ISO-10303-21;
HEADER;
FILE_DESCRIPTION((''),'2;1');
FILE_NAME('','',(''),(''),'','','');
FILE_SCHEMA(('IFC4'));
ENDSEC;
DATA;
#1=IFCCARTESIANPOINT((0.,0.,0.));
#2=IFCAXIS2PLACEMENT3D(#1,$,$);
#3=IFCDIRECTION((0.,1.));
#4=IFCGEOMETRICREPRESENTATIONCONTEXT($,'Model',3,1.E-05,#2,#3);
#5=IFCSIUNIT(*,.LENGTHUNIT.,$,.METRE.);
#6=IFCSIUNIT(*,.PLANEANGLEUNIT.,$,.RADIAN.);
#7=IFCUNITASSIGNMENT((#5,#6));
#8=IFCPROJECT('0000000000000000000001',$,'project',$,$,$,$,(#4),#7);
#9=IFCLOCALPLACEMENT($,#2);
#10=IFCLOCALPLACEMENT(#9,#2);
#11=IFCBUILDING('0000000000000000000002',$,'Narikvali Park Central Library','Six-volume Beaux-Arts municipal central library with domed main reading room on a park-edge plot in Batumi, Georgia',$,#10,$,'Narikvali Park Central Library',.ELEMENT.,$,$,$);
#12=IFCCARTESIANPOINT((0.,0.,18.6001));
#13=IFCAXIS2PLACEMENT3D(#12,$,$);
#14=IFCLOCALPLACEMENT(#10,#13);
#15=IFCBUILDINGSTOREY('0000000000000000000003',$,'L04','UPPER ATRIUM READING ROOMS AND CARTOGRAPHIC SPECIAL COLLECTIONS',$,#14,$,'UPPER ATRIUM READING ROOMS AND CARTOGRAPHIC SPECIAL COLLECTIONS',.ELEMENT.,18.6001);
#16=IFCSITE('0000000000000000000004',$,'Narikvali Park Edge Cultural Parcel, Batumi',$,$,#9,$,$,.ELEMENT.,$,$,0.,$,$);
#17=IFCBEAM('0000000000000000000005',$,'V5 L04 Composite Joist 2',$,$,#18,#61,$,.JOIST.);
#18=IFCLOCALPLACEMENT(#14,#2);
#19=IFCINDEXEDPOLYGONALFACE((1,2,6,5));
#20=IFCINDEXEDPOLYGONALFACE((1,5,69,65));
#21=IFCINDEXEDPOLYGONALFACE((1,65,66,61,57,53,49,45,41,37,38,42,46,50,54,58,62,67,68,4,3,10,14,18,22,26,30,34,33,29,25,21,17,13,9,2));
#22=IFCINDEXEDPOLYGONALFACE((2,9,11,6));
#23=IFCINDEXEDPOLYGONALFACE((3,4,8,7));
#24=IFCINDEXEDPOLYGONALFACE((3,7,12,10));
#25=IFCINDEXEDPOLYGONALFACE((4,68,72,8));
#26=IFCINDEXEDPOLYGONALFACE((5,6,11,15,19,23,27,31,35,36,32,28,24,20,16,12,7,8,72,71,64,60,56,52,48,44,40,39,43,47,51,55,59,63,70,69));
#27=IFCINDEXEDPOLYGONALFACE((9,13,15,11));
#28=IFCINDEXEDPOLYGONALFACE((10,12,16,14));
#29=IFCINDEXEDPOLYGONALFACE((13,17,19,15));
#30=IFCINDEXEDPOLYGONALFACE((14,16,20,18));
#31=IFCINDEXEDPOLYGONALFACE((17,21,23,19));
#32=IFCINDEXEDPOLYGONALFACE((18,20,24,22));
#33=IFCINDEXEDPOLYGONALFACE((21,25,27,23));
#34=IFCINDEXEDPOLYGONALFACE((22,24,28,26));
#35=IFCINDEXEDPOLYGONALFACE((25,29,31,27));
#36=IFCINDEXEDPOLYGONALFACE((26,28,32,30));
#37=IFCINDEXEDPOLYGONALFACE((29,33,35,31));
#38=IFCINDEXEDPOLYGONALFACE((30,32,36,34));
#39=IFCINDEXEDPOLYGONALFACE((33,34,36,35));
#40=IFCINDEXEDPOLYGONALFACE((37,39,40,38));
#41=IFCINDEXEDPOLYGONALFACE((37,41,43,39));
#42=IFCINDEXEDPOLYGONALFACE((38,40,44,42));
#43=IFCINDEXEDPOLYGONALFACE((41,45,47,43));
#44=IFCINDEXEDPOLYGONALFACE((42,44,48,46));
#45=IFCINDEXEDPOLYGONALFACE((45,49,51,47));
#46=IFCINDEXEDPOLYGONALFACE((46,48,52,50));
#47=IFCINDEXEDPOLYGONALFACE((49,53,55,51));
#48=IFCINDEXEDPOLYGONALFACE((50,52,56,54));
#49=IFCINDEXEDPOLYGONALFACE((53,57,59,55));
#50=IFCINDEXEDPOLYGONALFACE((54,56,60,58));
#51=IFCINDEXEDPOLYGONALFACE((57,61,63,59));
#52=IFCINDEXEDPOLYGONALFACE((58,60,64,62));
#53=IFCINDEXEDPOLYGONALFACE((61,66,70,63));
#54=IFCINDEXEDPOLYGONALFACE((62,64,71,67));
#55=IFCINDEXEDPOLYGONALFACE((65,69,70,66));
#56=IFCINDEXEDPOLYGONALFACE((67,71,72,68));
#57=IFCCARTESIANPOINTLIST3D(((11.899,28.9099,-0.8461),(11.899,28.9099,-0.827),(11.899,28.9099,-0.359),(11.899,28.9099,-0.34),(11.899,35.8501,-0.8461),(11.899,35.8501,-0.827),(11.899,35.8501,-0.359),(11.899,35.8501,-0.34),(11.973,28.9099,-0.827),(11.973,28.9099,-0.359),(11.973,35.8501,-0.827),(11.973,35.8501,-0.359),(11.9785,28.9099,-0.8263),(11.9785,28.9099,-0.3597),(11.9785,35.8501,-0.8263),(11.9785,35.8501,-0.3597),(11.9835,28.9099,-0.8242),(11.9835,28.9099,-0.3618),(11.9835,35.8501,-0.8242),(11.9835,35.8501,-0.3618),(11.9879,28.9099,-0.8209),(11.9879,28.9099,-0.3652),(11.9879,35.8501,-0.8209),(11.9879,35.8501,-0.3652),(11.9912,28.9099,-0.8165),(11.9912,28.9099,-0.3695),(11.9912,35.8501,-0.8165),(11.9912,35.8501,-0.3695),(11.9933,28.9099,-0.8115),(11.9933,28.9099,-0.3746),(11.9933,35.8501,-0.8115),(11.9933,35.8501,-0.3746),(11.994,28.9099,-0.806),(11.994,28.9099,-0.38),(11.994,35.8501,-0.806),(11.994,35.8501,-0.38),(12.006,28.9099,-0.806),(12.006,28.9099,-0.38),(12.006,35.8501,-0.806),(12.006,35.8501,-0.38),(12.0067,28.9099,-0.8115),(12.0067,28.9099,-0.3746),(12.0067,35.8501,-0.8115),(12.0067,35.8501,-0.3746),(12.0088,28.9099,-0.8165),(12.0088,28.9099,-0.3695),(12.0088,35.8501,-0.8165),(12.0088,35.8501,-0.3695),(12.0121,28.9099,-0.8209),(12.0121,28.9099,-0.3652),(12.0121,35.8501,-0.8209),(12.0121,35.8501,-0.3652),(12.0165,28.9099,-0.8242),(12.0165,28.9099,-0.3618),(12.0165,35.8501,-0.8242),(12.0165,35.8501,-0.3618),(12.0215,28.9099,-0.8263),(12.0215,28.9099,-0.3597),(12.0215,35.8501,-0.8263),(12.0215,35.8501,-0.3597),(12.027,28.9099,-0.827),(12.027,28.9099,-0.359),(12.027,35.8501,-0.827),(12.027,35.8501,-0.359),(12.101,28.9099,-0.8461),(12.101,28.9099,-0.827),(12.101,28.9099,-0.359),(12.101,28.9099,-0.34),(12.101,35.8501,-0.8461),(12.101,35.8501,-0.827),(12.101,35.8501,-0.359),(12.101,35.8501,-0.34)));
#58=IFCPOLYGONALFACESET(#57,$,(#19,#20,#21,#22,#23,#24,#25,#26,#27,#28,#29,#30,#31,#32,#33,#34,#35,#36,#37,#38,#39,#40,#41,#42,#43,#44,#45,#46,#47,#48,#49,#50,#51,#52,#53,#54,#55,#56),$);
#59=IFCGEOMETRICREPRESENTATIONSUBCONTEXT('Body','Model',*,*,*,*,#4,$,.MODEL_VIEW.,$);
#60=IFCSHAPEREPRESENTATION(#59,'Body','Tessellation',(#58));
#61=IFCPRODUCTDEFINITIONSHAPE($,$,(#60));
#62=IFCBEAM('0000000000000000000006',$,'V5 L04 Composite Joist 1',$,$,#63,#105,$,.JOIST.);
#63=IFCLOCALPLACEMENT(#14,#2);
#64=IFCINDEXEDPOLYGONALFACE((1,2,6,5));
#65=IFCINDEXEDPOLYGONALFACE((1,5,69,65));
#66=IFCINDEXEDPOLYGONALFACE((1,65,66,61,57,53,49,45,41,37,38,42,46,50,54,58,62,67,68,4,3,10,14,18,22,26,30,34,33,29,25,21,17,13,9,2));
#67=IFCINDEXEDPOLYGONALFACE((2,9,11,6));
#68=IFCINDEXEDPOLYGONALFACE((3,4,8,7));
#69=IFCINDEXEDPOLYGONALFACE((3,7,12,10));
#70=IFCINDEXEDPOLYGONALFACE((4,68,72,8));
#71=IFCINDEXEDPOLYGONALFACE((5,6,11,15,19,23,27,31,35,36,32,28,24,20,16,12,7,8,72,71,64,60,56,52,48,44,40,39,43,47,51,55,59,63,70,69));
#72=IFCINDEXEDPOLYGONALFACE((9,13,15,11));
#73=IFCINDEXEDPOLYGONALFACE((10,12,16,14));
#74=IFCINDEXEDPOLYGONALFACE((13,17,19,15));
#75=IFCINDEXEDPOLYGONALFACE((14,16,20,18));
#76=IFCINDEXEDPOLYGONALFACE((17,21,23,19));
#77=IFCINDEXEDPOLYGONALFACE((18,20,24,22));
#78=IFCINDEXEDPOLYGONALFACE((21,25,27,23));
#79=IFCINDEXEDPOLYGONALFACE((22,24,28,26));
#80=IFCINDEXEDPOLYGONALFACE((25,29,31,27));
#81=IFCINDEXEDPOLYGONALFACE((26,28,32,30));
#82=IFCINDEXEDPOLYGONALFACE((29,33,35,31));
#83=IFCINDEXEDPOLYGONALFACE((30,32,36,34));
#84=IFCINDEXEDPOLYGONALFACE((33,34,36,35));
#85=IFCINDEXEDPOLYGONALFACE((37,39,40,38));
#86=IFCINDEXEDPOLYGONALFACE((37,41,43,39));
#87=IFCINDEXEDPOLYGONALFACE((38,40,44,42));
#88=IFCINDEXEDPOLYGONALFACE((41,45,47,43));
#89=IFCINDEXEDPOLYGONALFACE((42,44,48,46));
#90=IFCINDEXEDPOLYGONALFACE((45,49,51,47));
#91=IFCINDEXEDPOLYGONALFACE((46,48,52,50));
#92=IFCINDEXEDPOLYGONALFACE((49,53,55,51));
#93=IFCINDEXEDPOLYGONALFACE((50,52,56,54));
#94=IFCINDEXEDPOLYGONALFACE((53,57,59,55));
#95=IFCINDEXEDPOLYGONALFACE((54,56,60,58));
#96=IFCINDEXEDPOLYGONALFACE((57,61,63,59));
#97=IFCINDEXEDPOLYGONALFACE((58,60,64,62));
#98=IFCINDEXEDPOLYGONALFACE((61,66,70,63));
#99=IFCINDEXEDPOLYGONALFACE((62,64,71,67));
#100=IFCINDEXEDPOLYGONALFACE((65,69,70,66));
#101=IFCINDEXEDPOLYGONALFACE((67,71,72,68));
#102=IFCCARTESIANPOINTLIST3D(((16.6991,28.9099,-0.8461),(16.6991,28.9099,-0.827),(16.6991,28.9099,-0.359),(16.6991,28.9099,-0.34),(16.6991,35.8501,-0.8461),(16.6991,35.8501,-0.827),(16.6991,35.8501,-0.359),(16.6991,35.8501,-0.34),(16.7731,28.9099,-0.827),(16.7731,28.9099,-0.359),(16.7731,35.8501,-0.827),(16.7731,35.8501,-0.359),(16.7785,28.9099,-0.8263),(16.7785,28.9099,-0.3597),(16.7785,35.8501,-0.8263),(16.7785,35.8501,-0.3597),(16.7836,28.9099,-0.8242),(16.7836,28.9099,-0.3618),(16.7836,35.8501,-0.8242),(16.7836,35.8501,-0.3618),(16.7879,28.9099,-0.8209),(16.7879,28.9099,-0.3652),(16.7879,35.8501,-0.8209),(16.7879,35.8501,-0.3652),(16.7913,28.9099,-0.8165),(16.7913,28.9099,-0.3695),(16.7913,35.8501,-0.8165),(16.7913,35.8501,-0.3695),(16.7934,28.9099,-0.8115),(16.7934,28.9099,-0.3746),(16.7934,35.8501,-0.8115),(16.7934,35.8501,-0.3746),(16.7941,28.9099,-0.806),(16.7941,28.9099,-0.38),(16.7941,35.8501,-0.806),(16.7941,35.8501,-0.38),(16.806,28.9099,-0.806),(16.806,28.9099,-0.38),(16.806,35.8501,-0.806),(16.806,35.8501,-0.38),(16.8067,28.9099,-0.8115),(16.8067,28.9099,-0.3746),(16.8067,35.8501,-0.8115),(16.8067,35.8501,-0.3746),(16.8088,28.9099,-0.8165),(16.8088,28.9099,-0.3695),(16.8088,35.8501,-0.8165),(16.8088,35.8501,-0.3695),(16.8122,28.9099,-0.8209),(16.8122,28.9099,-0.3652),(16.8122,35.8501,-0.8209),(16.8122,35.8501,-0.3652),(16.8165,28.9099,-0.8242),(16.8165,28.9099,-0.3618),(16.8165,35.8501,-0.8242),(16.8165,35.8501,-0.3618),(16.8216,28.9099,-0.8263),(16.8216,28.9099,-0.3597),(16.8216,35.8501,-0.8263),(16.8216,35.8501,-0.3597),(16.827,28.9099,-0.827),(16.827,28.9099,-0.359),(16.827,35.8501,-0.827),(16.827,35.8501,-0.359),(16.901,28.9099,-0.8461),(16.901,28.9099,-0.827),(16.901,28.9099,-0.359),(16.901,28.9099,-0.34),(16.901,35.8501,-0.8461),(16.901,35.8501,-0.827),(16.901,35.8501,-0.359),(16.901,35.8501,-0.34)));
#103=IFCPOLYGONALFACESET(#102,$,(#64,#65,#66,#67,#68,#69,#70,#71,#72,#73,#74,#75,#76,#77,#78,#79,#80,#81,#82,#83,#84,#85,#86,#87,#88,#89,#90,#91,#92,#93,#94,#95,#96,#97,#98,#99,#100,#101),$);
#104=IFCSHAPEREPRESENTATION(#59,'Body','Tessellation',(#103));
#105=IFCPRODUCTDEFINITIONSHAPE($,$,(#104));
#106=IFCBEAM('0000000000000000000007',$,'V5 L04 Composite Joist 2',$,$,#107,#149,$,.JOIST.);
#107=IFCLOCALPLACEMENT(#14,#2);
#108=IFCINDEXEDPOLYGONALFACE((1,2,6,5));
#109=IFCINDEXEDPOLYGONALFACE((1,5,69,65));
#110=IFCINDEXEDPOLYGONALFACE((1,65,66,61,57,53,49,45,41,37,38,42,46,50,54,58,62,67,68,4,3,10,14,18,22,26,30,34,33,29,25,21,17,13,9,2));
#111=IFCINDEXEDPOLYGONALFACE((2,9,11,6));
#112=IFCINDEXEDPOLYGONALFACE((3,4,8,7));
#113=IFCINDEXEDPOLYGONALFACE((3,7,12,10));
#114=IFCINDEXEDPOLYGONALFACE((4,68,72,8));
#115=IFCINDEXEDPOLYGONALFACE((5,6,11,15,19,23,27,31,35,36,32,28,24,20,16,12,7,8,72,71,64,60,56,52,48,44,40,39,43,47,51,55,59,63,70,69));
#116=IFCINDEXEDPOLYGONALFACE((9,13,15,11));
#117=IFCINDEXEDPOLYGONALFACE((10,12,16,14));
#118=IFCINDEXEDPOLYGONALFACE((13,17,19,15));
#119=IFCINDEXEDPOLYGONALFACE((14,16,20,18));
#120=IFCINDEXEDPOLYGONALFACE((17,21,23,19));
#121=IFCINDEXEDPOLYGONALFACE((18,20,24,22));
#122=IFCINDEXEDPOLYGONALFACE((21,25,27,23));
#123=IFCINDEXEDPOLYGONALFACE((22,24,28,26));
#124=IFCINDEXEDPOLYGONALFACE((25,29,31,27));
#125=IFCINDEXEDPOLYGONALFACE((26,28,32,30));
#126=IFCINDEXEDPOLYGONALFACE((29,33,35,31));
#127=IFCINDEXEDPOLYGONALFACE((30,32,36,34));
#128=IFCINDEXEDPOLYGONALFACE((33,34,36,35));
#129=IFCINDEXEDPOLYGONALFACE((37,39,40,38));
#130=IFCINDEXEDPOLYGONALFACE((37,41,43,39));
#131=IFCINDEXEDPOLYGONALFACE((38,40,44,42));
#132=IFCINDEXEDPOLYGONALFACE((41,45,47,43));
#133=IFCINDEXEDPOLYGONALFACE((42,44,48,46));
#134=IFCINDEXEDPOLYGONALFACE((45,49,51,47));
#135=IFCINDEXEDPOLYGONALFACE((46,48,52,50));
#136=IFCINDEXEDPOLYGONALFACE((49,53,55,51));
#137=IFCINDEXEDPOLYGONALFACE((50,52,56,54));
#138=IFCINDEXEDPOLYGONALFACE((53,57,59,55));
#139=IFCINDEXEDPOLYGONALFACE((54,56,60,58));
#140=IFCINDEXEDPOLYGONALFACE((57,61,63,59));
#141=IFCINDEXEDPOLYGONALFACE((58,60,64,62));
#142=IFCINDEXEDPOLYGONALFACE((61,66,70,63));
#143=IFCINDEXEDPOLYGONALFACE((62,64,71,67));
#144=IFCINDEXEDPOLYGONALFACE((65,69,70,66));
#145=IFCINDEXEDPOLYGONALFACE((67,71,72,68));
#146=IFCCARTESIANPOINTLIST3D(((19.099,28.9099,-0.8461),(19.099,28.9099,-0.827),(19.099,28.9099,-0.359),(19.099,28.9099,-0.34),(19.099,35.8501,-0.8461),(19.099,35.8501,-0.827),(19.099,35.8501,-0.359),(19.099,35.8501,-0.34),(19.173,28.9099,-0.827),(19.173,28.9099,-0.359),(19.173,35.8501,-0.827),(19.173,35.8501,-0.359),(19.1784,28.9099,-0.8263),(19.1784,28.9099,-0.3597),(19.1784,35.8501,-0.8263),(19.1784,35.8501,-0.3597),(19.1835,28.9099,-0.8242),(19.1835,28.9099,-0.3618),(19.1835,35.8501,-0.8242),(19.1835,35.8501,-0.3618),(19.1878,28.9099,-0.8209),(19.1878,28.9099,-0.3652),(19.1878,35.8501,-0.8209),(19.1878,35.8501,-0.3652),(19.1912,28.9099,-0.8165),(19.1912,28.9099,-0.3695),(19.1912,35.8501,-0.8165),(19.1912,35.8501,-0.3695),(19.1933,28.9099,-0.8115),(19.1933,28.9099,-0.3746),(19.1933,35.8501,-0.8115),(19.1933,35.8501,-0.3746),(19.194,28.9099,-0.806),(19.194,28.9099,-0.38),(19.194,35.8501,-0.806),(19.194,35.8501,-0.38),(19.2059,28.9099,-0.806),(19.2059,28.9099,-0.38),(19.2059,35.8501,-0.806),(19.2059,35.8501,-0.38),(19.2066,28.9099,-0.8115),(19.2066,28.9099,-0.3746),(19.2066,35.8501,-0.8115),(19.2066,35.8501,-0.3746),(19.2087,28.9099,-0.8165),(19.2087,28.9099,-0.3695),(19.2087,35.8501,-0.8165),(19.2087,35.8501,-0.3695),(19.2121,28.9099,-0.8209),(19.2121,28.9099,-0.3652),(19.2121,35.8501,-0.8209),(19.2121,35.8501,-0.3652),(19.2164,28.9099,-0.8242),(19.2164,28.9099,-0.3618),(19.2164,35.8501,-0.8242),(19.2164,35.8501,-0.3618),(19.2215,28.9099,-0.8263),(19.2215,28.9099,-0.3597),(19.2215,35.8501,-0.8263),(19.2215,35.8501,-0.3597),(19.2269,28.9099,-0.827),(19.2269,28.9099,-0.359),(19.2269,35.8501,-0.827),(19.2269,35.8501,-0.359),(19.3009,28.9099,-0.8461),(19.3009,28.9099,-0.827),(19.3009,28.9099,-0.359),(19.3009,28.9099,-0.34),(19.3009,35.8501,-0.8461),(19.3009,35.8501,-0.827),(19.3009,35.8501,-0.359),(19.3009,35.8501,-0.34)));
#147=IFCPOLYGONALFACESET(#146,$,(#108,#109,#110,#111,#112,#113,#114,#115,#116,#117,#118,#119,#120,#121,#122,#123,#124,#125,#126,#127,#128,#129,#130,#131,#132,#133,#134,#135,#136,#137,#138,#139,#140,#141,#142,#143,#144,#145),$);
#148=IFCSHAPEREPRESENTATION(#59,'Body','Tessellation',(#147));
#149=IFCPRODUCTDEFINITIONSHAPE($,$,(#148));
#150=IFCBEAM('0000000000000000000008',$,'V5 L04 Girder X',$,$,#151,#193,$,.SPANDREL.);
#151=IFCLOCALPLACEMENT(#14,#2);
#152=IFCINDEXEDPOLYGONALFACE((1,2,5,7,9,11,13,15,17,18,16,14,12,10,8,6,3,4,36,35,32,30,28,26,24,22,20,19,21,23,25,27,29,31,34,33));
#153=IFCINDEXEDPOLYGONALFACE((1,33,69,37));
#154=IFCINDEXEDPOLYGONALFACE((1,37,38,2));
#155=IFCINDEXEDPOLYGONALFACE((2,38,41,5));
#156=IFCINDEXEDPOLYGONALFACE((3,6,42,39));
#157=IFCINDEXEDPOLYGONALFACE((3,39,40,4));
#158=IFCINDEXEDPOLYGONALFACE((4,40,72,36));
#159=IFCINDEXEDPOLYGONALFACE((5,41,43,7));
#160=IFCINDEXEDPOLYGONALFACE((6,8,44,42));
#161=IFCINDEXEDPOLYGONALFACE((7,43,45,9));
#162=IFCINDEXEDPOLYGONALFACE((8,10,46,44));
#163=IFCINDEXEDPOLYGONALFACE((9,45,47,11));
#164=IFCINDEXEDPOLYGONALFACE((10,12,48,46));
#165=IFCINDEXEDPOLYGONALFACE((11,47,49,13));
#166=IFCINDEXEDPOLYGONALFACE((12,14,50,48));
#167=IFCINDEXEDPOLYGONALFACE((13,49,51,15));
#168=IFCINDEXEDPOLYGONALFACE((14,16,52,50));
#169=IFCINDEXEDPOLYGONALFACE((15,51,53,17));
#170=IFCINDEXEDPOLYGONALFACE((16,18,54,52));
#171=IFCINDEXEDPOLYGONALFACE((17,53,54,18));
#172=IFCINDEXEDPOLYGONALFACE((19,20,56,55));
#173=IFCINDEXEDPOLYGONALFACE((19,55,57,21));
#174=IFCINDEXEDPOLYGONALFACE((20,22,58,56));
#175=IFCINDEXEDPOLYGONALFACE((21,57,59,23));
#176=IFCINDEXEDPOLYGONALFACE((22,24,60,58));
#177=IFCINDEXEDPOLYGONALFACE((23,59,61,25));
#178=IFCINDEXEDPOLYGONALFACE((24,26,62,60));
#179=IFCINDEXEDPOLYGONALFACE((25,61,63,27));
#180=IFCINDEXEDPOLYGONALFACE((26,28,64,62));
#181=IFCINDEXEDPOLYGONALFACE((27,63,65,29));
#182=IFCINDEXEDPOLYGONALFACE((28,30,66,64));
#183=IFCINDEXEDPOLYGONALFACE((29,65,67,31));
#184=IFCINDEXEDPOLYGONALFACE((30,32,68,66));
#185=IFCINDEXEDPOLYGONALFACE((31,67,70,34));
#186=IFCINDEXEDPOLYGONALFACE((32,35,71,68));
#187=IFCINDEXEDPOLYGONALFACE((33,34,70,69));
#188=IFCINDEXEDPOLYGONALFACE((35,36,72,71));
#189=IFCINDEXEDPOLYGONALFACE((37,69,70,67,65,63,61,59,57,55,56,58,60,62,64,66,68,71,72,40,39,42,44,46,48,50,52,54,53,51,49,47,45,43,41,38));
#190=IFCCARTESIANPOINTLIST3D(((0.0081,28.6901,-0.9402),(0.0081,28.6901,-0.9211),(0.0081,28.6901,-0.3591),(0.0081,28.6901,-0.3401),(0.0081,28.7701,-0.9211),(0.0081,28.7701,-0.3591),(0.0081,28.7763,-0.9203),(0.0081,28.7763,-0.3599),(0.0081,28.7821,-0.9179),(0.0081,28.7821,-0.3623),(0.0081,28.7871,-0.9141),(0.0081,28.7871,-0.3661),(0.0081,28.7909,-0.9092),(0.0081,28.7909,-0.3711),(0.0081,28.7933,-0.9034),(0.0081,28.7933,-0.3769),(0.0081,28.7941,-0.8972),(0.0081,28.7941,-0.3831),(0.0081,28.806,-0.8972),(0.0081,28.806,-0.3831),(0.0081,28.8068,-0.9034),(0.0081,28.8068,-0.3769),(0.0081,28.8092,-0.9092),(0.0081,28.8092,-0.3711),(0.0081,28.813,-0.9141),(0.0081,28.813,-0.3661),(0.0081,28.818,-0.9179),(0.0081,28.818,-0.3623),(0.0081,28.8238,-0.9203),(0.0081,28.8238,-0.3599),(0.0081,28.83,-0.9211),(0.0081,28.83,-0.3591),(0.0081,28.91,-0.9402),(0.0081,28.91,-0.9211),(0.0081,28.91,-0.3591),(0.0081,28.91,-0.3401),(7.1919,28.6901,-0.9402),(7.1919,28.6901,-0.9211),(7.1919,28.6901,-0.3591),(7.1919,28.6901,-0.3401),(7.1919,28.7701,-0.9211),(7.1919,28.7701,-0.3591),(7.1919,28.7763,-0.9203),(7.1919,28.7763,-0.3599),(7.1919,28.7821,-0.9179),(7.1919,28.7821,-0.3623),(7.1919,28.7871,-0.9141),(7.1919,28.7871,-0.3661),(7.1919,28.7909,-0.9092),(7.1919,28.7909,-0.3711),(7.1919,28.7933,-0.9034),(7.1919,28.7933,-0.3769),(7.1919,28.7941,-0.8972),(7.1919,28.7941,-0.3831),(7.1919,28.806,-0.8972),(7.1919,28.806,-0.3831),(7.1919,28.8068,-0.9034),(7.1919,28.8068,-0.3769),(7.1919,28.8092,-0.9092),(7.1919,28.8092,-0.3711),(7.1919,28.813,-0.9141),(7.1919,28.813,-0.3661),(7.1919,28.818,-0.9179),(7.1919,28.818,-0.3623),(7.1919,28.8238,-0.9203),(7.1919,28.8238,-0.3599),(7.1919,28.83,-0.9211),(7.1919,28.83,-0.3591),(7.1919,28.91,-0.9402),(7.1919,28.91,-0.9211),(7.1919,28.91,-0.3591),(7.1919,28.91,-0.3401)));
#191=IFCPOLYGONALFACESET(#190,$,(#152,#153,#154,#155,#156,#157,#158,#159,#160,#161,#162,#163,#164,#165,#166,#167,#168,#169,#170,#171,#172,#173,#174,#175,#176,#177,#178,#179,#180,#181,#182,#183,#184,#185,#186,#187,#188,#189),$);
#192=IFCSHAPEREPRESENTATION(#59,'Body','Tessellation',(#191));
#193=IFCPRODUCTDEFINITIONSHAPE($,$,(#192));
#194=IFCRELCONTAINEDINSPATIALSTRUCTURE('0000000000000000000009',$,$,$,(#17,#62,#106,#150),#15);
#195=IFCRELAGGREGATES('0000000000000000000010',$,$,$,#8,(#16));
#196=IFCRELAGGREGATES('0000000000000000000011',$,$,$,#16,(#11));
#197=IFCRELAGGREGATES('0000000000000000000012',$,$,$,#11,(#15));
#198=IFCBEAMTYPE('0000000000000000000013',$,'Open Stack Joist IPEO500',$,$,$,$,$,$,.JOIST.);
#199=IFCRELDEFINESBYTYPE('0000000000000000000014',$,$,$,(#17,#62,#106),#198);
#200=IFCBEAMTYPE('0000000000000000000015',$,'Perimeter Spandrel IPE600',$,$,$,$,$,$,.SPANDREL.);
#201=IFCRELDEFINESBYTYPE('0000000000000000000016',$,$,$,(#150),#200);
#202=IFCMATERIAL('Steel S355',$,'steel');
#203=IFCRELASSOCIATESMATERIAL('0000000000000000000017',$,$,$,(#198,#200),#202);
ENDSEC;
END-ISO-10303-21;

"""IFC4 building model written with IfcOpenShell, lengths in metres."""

from ifc_helpers import new_model, si_unit, direction, frame, origin, origin_2d, place, context, subcontext, project, spatial, i_section, extrude, material, material_profile, profile_set, type_object, element, save


model = new_model("IFC4")

# Units and contexts
model_context = context("Model", 3, precision=1e-05, world=origin(), true_north=direction((0.0, 1.0)))
body_context = subcontext(model_context, "Body", "Model", "MODEL_VIEW")
ifc_project = project(units=[si_unit("LENGTHUNIT", "METRE"), si_unit("PLANEANGLEUNIT", "RADIAN")], contexts=[model_context])

# Site, building, storey
site_placement = place(None, origin())
site = spatial("IfcSite", under=ifc_project, at=site_placement, Name="Narikvali Park Edge Cultural Parcel, Batumi", CompositionType="ELEMENT", RefElevation=0.0)
building_placement = place(site_placement, origin())
building = spatial("IfcBuilding", under=site, at=building_placement, Name="Narikvali Park Central Library", Description="Six-volume Beaux-Arts municipal central library with domed main reading room on a park-edge plot in Batumi, Georgia", LongName="Narikvali Park Central Library", CompositionType="ELEMENT")
storey_placement = place(building_placement, frame((0.0, 0.0, 18.6001)))
storey = spatial("IfcBuildingStorey", under=building, at=storey_placement, Name="L04", Description="UPPER ATRIUM READING ROOMS AND CARTOGRAPHIC SPECIAL COLLECTIONS", LongName="UPPER ATRIUM READING ROOMS AND CARTOGRAPHIC SPECIAL COLLECTIONS", CompositionType="ELEMENT", Elevation=18.6001)

# Beams
ifc_material_1 = material(Name="Steel S355", Category="steel")
ifc_material_profile_1 = material_profile(ifc_material_1, i_section(OverallWidth=0.2019, OverallDepth=0.5061, WebThickness=0.012, FlangeThickness=0.019, FilletRadius=0.021, at=origin_2d()), Name="IPEO 500")
ifc_profile_set_1 = profile_set([ifc_material_profile_1], Name="Steel S355")
beam_type_1 = type_object("IfcBeamType", Name="Open Stack Joist IPEO500", PredefinedType="JOIST", material=ifc_profile_set_1)
for number, where, z_axis, x_axis, name in (
    (1, (12.0, 28.9099, -0.593), (0.0, 1.0, 0.0), (-1.0, 0.0, 0.0), "V5 L04 Composite Joist 2"),
    (2, (16.8, 28.9099, -0.593), (0.0, 1.0, 0.0), (-1.0, 0.0, 0.0), "V5 L04 Composite Joist 1"),
    (3, (19.2, 28.9099, -0.593), (0.0, 1.0, 0.0), (-1.0, 0.0, 0.0), "V5 L04 Composite Joist 2"),
):
    element("IfcBeam", number, at=place(storey_placement, frame(where, z_axis=z_axis, x_axis=x_axis)), inside=storey, type_object=beam_type_1, Name=name, PredefinedType="JOIST", context=body_context, shape_type="SweptSolid", body=[
        extrude(i_section(OverallWidth=0.2019, OverallDepth=0.5061, WebThickness=0.012, FlangeThickness=0.019, FilletRadius=0.021, at=origin_2d()), origin(), (0.0, 0.0, 1.0), 6.9402),
    ])
ifc_material_profile_2 = material_profile(ifc_material_1, i_section(OverallWidth=0.22, OverallDepth=0.6001, WebThickness=0.012, FlangeThickness=0.019, FilletRadius=0.0239, at=origin_2d()), Name="IPE 600")
ifc_profile_set_2 = profile_set([ifc_material_profile_2], Name="Steel S355")
beam_type_2 = type_object("IfcBeamType", Name="Perimeter Spandrel IPE600", PredefinedType="SPANDREL", material=ifc_profile_set_2)
beam_1_placement = place(storey_placement, frame((0.0081, 28.8, -0.6401), z_axis=(1.0, 0.0, 0.0), x_axis=(0.0, 1.0, 0.0)))
element("IfcBeam", 4, at=beam_1_placement, inside=storey, type_object=beam_type_2, Name="V5 L04 Girder X", PredefinedType="SPANDREL", context=body_context, shape_type="SweptSolid", body=[
    extrude(i_section(OverallWidth=0.22, OverallDepth=0.6001, WebThickness=0.012, FlangeThickness=0.019, FilletRadius=0.0239, at=origin_2d()), origin(), (0.0, 0.0, 1.0), 7.1838),
])

save(model, "model.ifc")
